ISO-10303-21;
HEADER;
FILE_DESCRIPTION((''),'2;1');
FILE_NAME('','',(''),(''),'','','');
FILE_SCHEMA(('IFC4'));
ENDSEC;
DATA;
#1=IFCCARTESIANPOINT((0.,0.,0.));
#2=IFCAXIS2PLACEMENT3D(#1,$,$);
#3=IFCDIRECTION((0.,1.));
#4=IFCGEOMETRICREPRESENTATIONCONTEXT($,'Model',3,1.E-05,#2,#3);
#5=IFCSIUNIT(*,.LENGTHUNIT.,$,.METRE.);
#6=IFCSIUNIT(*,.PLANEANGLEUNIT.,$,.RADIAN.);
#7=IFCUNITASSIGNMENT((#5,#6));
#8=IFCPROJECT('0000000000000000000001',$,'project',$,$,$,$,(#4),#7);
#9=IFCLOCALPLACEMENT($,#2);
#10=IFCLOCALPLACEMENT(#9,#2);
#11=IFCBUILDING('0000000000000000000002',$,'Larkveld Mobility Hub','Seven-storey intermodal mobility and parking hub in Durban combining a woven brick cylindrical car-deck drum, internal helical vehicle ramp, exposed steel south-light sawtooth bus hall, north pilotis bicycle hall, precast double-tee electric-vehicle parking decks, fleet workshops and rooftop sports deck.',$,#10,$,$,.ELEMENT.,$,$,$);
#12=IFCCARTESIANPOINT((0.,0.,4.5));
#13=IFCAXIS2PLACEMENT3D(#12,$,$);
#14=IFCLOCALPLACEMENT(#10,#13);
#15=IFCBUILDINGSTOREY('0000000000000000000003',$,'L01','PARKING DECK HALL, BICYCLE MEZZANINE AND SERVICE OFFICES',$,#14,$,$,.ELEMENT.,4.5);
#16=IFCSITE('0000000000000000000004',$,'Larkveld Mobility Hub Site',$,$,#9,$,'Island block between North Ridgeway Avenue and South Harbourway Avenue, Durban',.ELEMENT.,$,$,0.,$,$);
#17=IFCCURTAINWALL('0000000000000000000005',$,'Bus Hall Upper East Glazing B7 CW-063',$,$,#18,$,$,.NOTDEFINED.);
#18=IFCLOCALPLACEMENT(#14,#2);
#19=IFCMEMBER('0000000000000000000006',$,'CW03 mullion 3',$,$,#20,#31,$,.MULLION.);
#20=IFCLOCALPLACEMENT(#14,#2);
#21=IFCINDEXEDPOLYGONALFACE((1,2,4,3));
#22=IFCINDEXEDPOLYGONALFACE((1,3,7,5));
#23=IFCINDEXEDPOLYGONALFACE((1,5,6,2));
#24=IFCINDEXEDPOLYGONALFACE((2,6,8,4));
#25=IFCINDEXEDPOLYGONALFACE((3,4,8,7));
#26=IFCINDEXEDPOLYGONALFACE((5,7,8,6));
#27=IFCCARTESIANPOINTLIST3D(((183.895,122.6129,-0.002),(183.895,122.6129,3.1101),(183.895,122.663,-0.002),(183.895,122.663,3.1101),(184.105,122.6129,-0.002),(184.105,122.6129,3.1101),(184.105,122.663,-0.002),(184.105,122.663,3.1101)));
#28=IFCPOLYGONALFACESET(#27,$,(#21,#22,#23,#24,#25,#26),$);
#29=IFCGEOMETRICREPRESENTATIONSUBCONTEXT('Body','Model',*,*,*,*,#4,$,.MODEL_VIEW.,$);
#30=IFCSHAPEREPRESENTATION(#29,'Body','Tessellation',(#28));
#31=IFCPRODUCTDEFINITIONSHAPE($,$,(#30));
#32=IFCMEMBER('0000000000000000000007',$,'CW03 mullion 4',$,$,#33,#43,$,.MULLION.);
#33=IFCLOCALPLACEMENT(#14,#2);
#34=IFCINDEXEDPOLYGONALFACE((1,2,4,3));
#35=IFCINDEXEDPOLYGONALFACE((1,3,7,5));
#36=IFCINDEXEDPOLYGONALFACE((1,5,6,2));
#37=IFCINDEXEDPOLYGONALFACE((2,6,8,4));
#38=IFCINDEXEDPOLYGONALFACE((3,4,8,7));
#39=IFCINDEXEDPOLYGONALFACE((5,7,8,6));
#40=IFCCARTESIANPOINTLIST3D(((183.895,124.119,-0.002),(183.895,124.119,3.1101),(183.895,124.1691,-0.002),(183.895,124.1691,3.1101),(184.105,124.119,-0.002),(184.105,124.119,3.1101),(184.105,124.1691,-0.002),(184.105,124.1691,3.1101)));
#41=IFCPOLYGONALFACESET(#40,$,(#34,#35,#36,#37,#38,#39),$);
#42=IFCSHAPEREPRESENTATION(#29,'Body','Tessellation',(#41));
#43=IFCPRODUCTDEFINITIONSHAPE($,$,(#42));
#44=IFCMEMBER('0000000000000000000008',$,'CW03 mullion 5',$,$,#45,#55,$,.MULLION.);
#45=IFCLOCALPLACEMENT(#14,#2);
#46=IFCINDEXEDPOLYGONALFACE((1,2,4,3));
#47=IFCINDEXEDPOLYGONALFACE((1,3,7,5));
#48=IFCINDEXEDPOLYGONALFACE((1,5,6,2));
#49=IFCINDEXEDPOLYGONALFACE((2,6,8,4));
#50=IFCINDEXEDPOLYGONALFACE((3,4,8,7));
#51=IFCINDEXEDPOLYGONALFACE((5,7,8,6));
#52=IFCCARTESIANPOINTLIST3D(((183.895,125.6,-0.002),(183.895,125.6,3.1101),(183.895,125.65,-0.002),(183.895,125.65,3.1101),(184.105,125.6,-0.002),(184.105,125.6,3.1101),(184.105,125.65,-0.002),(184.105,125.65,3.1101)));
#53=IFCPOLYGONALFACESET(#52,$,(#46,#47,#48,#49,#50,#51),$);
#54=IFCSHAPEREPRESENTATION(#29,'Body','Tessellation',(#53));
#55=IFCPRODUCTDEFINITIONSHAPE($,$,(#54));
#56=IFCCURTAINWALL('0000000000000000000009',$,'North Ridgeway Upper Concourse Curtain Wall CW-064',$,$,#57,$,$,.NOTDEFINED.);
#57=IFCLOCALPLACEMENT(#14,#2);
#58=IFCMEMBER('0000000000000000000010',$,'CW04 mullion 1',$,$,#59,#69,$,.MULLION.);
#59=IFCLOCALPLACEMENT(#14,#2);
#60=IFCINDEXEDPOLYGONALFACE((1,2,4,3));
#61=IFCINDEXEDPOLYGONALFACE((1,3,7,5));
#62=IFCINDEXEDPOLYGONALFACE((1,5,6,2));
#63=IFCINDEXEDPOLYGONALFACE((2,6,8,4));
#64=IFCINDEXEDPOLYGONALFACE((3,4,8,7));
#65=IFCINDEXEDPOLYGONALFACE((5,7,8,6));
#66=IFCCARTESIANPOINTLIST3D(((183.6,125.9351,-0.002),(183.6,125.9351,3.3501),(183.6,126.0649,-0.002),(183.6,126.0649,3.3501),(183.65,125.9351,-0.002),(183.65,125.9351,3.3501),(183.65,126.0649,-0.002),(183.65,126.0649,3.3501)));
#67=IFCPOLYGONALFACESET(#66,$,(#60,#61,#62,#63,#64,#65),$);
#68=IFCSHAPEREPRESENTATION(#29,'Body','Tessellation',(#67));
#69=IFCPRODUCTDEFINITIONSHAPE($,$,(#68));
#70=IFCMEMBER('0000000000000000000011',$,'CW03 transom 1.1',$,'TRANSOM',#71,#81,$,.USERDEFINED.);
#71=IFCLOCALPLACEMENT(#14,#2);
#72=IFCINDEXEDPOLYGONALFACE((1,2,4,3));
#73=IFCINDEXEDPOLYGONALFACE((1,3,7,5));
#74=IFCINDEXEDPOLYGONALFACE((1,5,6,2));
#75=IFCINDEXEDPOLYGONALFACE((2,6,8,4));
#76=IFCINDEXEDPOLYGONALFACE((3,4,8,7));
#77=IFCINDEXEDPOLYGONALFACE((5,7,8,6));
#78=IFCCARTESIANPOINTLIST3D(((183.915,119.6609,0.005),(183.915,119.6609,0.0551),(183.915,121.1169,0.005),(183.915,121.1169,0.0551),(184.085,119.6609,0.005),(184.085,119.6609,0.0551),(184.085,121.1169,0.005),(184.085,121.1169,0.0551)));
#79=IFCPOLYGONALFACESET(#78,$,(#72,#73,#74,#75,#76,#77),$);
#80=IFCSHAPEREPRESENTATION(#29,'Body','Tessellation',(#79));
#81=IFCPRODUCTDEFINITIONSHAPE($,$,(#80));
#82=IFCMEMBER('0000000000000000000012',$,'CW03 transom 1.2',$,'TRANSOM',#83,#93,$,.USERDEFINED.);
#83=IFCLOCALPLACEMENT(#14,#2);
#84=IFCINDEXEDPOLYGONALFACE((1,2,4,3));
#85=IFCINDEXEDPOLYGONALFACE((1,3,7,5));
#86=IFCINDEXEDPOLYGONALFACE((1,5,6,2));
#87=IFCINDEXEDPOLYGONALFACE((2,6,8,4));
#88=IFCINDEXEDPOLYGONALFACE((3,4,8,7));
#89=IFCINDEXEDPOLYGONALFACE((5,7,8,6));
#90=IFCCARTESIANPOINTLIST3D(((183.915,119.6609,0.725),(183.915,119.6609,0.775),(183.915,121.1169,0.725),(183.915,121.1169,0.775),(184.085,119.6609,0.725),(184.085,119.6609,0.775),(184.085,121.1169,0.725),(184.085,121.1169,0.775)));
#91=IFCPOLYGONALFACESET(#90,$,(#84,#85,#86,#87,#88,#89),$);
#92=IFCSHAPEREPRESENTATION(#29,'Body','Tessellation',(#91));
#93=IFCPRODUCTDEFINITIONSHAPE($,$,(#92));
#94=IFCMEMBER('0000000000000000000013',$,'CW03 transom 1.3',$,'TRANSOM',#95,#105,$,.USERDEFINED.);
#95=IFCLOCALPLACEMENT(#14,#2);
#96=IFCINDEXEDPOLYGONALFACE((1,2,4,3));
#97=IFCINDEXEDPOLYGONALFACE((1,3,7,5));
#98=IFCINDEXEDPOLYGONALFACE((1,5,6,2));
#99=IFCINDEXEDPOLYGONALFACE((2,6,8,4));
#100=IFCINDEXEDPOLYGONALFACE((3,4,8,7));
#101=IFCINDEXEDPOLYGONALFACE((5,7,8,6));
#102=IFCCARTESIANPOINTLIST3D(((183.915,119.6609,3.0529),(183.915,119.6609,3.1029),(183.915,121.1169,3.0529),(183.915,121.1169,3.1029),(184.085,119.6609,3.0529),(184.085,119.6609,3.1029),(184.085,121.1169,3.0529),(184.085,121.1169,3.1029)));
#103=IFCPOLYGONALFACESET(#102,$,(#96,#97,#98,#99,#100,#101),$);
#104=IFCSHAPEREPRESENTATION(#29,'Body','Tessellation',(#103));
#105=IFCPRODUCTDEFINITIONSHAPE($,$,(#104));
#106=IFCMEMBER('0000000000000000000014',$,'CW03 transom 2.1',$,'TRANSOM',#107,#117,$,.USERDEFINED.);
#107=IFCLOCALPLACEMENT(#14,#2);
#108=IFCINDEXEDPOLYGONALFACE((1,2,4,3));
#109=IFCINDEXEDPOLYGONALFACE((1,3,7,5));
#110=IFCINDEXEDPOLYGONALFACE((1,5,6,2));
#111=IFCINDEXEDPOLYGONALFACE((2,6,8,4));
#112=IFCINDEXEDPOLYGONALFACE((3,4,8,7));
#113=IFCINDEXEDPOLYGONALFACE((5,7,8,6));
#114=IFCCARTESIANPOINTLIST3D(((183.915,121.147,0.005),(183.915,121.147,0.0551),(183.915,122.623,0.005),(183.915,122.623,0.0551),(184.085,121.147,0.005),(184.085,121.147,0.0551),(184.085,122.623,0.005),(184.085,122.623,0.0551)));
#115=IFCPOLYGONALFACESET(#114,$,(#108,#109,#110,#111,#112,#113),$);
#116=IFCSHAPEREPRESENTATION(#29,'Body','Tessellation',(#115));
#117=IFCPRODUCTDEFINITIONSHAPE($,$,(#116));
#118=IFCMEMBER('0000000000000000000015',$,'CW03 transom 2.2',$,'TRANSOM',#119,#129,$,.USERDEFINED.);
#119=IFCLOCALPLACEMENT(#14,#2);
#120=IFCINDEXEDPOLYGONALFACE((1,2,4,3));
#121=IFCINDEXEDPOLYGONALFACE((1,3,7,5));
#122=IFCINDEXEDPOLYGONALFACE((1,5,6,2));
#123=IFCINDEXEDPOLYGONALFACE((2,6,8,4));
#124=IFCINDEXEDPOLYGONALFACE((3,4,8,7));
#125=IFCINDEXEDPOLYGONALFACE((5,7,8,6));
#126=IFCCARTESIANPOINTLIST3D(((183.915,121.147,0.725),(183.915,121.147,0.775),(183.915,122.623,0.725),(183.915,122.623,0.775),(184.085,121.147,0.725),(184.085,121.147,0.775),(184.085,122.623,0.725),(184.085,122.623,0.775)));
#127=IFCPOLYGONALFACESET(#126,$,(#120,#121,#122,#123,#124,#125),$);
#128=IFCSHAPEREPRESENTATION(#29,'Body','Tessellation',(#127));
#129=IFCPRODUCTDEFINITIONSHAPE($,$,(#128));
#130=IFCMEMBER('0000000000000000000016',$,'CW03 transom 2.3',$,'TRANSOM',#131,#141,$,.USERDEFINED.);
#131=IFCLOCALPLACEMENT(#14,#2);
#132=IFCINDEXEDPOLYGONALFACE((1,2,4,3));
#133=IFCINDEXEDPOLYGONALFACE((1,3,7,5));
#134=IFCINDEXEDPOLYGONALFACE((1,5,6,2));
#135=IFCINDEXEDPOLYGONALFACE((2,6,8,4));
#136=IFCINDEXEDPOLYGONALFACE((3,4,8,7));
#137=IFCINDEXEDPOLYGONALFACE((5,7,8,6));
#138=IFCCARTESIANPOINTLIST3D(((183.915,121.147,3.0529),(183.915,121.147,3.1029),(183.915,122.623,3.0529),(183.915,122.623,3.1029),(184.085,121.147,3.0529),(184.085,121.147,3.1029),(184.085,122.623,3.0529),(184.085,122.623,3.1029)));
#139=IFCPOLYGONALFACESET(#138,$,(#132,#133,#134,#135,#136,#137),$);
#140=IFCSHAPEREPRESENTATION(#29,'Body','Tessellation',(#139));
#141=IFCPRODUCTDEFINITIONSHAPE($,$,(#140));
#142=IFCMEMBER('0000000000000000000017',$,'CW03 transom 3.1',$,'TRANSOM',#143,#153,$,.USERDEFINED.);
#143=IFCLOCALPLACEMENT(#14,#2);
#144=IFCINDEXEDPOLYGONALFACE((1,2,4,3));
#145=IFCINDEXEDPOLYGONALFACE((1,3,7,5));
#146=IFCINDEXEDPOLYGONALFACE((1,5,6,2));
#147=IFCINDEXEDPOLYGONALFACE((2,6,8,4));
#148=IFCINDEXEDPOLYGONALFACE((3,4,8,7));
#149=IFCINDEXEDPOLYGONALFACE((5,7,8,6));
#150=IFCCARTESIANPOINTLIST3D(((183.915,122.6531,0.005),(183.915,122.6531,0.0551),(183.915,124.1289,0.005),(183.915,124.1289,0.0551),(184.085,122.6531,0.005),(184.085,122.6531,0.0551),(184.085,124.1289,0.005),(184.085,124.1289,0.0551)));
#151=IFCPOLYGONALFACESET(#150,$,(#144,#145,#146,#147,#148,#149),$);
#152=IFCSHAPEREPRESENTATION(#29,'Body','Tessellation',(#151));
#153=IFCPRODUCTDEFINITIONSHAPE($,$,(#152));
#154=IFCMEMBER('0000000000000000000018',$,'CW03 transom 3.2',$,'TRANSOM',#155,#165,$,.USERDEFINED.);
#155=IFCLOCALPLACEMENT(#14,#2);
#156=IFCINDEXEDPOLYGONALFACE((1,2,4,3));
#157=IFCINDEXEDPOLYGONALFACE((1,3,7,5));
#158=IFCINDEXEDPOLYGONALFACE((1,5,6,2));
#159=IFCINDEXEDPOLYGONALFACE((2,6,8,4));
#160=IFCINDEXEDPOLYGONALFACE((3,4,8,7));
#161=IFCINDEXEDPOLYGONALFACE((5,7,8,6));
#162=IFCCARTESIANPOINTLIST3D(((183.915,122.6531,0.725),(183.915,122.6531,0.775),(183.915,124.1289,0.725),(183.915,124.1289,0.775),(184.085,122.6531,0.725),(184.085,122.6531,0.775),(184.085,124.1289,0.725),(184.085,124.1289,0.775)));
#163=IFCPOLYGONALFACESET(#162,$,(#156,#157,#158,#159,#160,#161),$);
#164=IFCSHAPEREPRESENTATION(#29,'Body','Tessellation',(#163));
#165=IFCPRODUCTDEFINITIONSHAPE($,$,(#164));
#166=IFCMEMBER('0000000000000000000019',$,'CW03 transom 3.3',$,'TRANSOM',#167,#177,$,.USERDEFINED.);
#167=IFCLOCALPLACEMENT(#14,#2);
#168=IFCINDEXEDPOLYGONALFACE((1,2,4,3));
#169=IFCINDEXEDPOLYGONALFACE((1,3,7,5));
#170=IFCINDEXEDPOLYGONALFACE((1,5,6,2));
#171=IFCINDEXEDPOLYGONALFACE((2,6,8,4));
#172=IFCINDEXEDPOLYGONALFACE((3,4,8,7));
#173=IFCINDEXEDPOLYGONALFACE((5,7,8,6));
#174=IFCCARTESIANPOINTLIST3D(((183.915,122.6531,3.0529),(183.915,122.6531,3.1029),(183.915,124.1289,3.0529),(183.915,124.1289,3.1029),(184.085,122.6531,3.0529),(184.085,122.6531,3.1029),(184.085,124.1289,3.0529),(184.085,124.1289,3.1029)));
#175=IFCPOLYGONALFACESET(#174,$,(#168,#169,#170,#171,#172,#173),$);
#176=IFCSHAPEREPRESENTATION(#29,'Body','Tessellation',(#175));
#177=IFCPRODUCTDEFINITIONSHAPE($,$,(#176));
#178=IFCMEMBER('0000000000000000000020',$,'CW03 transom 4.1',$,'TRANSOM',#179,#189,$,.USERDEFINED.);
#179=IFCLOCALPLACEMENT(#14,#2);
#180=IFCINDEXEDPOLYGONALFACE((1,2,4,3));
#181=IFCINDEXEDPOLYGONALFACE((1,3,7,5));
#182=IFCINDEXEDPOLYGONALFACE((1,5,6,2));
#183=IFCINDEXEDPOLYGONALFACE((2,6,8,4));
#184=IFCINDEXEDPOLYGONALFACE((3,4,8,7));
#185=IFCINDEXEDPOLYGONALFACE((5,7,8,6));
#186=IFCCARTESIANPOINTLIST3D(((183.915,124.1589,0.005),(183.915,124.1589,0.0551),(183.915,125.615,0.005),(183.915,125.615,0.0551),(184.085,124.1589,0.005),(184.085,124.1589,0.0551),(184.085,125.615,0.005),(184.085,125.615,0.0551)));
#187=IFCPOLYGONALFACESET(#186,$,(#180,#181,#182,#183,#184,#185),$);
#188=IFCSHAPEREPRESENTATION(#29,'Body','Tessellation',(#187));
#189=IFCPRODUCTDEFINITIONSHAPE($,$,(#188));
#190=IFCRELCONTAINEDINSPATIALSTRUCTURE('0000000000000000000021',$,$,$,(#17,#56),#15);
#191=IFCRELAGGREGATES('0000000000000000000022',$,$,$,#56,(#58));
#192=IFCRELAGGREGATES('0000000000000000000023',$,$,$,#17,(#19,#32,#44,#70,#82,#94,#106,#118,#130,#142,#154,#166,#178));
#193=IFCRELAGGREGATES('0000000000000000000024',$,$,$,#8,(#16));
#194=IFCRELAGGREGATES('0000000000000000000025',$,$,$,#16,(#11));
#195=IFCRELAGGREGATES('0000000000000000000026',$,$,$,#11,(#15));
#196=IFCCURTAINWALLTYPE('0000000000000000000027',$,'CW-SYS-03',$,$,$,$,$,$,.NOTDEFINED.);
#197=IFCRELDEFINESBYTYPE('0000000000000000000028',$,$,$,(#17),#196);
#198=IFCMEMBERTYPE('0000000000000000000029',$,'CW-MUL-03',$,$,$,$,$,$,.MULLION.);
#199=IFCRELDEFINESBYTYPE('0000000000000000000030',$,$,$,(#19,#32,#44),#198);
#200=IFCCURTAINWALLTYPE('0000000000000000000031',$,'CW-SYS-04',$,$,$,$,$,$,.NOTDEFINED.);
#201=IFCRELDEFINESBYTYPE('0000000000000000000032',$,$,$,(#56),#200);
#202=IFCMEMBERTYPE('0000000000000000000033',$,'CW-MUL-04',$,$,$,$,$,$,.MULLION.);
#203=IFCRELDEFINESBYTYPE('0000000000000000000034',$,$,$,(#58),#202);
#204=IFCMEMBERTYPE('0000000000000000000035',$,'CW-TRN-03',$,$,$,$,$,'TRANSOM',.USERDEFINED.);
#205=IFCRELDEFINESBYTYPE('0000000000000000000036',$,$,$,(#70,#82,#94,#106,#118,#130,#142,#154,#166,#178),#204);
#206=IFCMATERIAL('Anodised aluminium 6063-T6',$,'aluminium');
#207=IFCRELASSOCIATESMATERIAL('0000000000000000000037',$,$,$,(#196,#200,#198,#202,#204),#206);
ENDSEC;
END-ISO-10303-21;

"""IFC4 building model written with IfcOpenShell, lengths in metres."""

from ifc_helpers import new_model, si_unit, direction, frame, origin, origin_2d, place, context, subcontext, project, spatial, rectangle, extrude, material, material_profile, profile_set, type_object, element, aggregate, save


model = new_model("IFC4")

# Units and contexts
model_context = context("Model", 3, precision=1e-05, world=origin(), true_north=direction((0.0, 1.0)))
body_context = subcontext(model_context, "Body", "Model", "MODEL_VIEW")
ifc_project = project(units=[si_unit("LENGTHUNIT", "METRE"), si_unit("PLANEANGLEUNIT", "RADIAN")], contexts=[model_context])

# Site, building, storey
site_placement = place(None, origin())
site = spatial("IfcSite", under=ifc_project, at=site_placement, Name="Larkveld Mobility Hub Site", LongName="Island block between North Ridgeway Avenue and South Harbourway Avenue, Durban", CompositionType="ELEMENT", RefElevation=0.0)
building_placement = place(site_placement, origin())
building = spatial("IfcBuilding", under=site, at=building_placement, Name="Larkveld Mobility Hub", Description="Seven-storey intermodal mobility and parking hub in Durban combining a woven brick cylindrical car-deck drum, internal helical vehicle ramp, exposed steel south-light sawtooth bus hall, north pilotis bicycle hall, precast double-tee electric-vehicle parking decks, fleet workshops and rooftop sports deck.", CompositionType="ELEMENT")
storey_placement = place(building_placement, frame((0.0, 0.0, 4.5)))
storey = spatial("IfcBuildingStorey", under=building, at=storey_placement, Name="L01", Description="PARKING DECK HALL, BICYCLE MEZZANINE AND SERVICE OFFICES", CompositionType="ELEMENT", Elevation=4.5)

# Shared definitions
ifc_material_1 = material(Name="Anodised aluminium 6063-T6", Category="aluminium")

# Curtain wall, members
curtain_wall_type_1 = type_object("IfcCurtainWallType", Name="CW-SYS-03", PredefinedType="NOTDEFINED", material=ifc_material_1)
curtain_wall_1_placement = place(storey_placement, origin())
curtain_wall_1 = element("IfcCurtainWall", 1, at=curtain_wall_1_placement, inside=storey, type_object=curtain_wall_type_1, Name="Bus Hall Upper East Glazing B7 CW-063", PredefinedType="NOTDEFINED")
ifc_material_profile_1 = material_profile(ifc_material_1, rectangle(XDim=0.05, YDim=0.21, at=origin_2d()), Name="ALU MULL 50x210")
ifc_profile_set_1 = profile_set([ifc_material_profile_1], Name="Anodised aluminium 6063-T6")
member_type_1 = type_object("IfcMemberType", Name="CW-MUL-03", PredefinedType="MULLION", material=ifc_profile_set_1)
member_1_placement = place(storey_placement, frame((184.0, 122.6379, -0.002), z_axis=(0.0, 0.0, 1.0), x_axis=(0.0, 1.0, 0.0)))
member_1 = element("IfcMember", 2, at=member_1_placement, type_object=member_type_1, Name="CW03 mullion 3", PredefinedType="MULLION", context=body_context, shape_type="SweptSolid", body=[
    extrude(rectangle(XDim=0.05, YDim=0.21, at=origin_2d()), origin(), (0.0, 0.0, 1.0), 3.1121),
])
member_2_placement = place(storey_placement, frame((184.0, 124.144, -0.002), z_axis=(0.0, 0.0, 1.0), x_axis=(0.0, 1.0, 0.0)))
member_2 = element("IfcMember", 3, at=member_2_placement, type_object=member_type_1, Name="CW03 mullion 4", PredefinedType="MULLION", context=body_context, shape_type="SweptSolid", body=[
    extrude(rectangle(XDim=0.05, YDim=0.21, at=origin_2d()), origin(), (0.0, 0.0, 1.0), 3.1121),
])
member_3_placement = place(storey_placement, frame((184.0, 125.625, -0.002), z_axis=(0.0, 0.0, 1.0), x_axis=(0.0, 1.0, 0.0)))
member_3 = element("IfcMember", 4, at=member_3_placement, type_object=member_type_1, Name="CW03 mullion 5", PredefinedType="MULLION", context=body_context, shape_type="SweptSolid", body=[
    extrude(rectangle(XDim=0.05, YDim=0.21, at=origin_2d()), origin(), (0.0, 0.0, 1.0), 3.1121),
])

# Curtain wall, member
curtain_wall_type_2 = type_object("IfcCurtainWallType", Name="CW-SYS-04", PredefinedType="NOTDEFINED", material=ifc_material_1)
curtain_wall_2_placement = place(storey_placement, origin())
curtain_wall_2 = element("IfcCurtainWall", 5, at=curtain_wall_2_placement, inside=storey, type_object=curtain_wall_type_2, Name="North Ridgeway Upper Concourse Curtain Wall CW-064", PredefinedType="NOTDEFINED")
ifc_material_profile_2 = material_profile(ifc_material_1, rectangle(XDim=0.05, YDim=0.1299, at=origin_2d()), Name="ALU MULL 50x130")
ifc_profile_set_2 = profile_set([ifc_material_profile_2], Name="Anodised aluminium 6063-T6")
member_type_2 = type_object("IfcMemberType", Name="CW-MUL-04", PredefinedType="MULLION", material=ifc_profile_set_2)
member_4_placement = place(storey_placement, frame((183.625, 126.0, -0.002), z_axis=(0.0, 0.0, 1.0), x_axis=(-1.0, 0.0, 0.0)))
member_4 = element("IfcMember", 6, at=member_4_placement, type_object=member_type_2, Name="CW04 mullion 1", PredefinedType="MULLION", context=body_context, shape_type="SweptSolid", body=[
    extrude(rectangle(XDim=0.05, YDim=0.1299, at=origin_2d()), origin(), (0.0, 0.0, 1.0), 3.3521),
])
aggregate(curtain_wall_2, [member_4])

# Members
ifc_material_profile_3 = material_profile(ifc_material_1, rectangle(XDim=0.1699, YDim=0.05, at=origin_2d()), Name="ALU TRAN 50x170")
ifc_profile_set_3 = profile_set([ifc_material_profile_3], Name="Anodised aluminium 6063-T6")
member_type_3 = type_object("IfcMemberType", Name="CW-TRN-03", ElementType="TRANSOM", PredefinedType="USERDEFINED", material=ifc_profile_set_3)
member_5_placement = place(storey_placement, frame((184.0, 119.6609, 0.03), z_axis=(0.0, 1.0, 0.0), x_axis=(-1.0, 0.0, 0.0)))
member_5 = element("IfcMember", 7, at=member_5_placement, type_object=member_type_3, Name="CW03 transom 1.1", ObjectType="TRANSOM", PredefinedType="USERDEFINED", context=body_context, shape_type="SweptSolid", body=[
    extrude(rectangle(XDim=0.1699, YDim=0.05, at=origin_2d()), origin(), (0.0, 0.0, 1.0), 1.4561),
])
member_6_placement = place(storey_placement, frame((184.0, 119.6609, 0.75), z_axis=(0.0, 1.0, 0.0), x_axis=(-1.0, 0.0, 0.0)))
member_6 = element("IfcMember", 8, at=member_6_placement, type_object=member_type_3, Name="CW03 transom 1.2", ObjectType="TRANSOM", PredefinedType="USERDEFINED", context=body_context, shape_type="SweptSolid", body=[
    extrude(rectangle(XDim=0.1699, YDim=0.05, at=origin_2d()), origin(), (0.0, 0.0, 1.0), 1.4561),
])
member_7_placement = place(storey_placement, frame((184.0, 119.6609, 3.0779), z_axis=(0.0, 1.0, 0.0), x_axis=(-1.0, 0.0, 0.0)))
member_7 = element("IfcMember", 9, at=member_7_placement, type_object=member_type_3, Name="CW03 transom 1.3", ObjectType="TRANSOM", PredefinedType="USERDEFINED", context=body_context, shape_type="SweptSolid", body=[
    extrude(rectangle(XDim=0.1699, YDim=0.05, at=origin_2d()), origin(), (0.0, 0.0, 1.0), 1.4561),
])
member_8_placement = place(storey_placement, frame((184.0, 121.147, 0.03), z_axis=(0.0, 1.0, 0.0), x_axis=(-1.0, 0.0, 0.0)))
member_8 = element("IfcMember", 10, at=member_8_placement, type_object=member_type_3, Name="CW03 transom 2.1", ObjectType="TRANSOM", PredefinedType="USERDEFINED", context=body_context, shape_type="SweptSolid", body=[
    extrude(rectangle(XDim=0.1699, YDim=0.05, at=origin_2d()), origin(), (0.0, 0.0, 1.0), 1.4761),
])
member_9_placement = place(storey_placement, frame((184.0, 121.147, 0.75), z_axis=(0.0, 1.0, 0.0), x_axis=(-1.0, 0.0, 0.0)))
member_9 = element("IfcMember", 11, at=member_9_placement, type_object=member_type_3, Name="CW03 transom 2.2", ObjectType="TRANSOM", PredefinedType="USERDEFINED", context=body_context, shape_type="SweptSolid", body=[
    extrude(rectangle(XDim=0.1699, YDim=0.05, at=origin_2d()), origin(), (0.0, 0.0, 1.0), 1.4761),
])
member_10_placement = place(storey_placement, frame((184.0, 121.147, 3.0779), z_axis=(0.0, 1.0, 0.0), x_axis=(-1.0, 0.0, 0.0)))
member_10 = element("IfcMember", 12, at=member_10_placement, type_object=member_type_3, Name="CW03 transom 2.3", ObjectType="TRANSOM", PredefinedType="USERDEFINED", context=body_context, shape_type="SweptSolid", body=[
    extrude(rectangle(XDim=0.1699, YDim=0.05, at=origin_2d()), origin(), (0.0, 0.0, 1.0), 1.4761),
])
member_11_placement = place(storey_placement, frame((184.0, 122.6531, 0.03), z_axis=(0.0, 1.0, 0.0), x_axis=(-1.0, 0.0, 0.0)))
member_11 = element("IfcMember", 13, at=member_11_placement, type_object=member_type_3, Name="CW03 transom 3.1", ObjectType="TRANSOM", PredefinedType="USERDEFINED", context=body_context, shape_type="SweptSolid", body=[
    extrude(rectangle(XDim=0.1699, YDim=0.05, at=origin_2d()), origin(), (0.0, 0.0, 1.0), 1.4758),
])
member_12_placement = place(storey_placement, frame((184.0, 122.6531, 0.75), z_axis=(0.0, 1.0, 0.0), x_axis=(-1.0, 0.0, 0.0)))
member_12 = element("IfcMember", 14, at=member_12_placement, type_object=member_type_3, Name="CW03 transom 3.2", ObjectType="TRANSOM", PredefinedType="USERDEFINED", context=body_context, shape_type="SweptSolid", body=[
    extrude(rectangle(XDim=0.1699, YDim=0.05, at=origin_2d()), origin(), (0.0, 0.0, 1.0), 1.4758),
])
member_13_placement = place(storey_placement, frame((184.0, 122.6531, 3.0779), z_axis=(0.0, 1.0, 0.0), x_axis=(-1.0, 0.0, 0.0)))
member_13 = element("IfcMember", 15, at=member_13_placement, type_object=member_type_3, Name="CW03 transom 3.3", ObjectType="TRANSOM", PredefinedType="USERDEFINED", context=body_context, shape_type="SweptSolid", body=[
    extrude(rectangle(XDim=0.1699, YDim=0.05, at=origin_2d()), origin(), (0.0, 0.0, 1.0), 1.4758),
])
member_14_placement = place(storey_placement, frame((184.0, 124.1589, 0.03), z_axis=(0.0, 1.0, 0.0), x_axis=(-1.0, 0.0, 0.0)))
member_14 = element("IfcMember", 16, at=member_14_placement, type_object=member_type_3, Name="CW03 transom 4.1", ObjectType="TRANSOM", PredefinedType="USERDEFINED", context=body_context, shape_type="SweptSolid", body=[
    extrude(rectangle(XDim=0.1699, YDim=0.05, at=origin_2d()), origin(), (0.0, 0.0, 1.0), 1.4561),
])

aggregate(curtain_wall_1, [member_1, member_2, member_3, member_5, member_6, member_7, member_8, member_9, member_10, member_11, member_12, member_13, member_14])

save(model, "model.ifc")
